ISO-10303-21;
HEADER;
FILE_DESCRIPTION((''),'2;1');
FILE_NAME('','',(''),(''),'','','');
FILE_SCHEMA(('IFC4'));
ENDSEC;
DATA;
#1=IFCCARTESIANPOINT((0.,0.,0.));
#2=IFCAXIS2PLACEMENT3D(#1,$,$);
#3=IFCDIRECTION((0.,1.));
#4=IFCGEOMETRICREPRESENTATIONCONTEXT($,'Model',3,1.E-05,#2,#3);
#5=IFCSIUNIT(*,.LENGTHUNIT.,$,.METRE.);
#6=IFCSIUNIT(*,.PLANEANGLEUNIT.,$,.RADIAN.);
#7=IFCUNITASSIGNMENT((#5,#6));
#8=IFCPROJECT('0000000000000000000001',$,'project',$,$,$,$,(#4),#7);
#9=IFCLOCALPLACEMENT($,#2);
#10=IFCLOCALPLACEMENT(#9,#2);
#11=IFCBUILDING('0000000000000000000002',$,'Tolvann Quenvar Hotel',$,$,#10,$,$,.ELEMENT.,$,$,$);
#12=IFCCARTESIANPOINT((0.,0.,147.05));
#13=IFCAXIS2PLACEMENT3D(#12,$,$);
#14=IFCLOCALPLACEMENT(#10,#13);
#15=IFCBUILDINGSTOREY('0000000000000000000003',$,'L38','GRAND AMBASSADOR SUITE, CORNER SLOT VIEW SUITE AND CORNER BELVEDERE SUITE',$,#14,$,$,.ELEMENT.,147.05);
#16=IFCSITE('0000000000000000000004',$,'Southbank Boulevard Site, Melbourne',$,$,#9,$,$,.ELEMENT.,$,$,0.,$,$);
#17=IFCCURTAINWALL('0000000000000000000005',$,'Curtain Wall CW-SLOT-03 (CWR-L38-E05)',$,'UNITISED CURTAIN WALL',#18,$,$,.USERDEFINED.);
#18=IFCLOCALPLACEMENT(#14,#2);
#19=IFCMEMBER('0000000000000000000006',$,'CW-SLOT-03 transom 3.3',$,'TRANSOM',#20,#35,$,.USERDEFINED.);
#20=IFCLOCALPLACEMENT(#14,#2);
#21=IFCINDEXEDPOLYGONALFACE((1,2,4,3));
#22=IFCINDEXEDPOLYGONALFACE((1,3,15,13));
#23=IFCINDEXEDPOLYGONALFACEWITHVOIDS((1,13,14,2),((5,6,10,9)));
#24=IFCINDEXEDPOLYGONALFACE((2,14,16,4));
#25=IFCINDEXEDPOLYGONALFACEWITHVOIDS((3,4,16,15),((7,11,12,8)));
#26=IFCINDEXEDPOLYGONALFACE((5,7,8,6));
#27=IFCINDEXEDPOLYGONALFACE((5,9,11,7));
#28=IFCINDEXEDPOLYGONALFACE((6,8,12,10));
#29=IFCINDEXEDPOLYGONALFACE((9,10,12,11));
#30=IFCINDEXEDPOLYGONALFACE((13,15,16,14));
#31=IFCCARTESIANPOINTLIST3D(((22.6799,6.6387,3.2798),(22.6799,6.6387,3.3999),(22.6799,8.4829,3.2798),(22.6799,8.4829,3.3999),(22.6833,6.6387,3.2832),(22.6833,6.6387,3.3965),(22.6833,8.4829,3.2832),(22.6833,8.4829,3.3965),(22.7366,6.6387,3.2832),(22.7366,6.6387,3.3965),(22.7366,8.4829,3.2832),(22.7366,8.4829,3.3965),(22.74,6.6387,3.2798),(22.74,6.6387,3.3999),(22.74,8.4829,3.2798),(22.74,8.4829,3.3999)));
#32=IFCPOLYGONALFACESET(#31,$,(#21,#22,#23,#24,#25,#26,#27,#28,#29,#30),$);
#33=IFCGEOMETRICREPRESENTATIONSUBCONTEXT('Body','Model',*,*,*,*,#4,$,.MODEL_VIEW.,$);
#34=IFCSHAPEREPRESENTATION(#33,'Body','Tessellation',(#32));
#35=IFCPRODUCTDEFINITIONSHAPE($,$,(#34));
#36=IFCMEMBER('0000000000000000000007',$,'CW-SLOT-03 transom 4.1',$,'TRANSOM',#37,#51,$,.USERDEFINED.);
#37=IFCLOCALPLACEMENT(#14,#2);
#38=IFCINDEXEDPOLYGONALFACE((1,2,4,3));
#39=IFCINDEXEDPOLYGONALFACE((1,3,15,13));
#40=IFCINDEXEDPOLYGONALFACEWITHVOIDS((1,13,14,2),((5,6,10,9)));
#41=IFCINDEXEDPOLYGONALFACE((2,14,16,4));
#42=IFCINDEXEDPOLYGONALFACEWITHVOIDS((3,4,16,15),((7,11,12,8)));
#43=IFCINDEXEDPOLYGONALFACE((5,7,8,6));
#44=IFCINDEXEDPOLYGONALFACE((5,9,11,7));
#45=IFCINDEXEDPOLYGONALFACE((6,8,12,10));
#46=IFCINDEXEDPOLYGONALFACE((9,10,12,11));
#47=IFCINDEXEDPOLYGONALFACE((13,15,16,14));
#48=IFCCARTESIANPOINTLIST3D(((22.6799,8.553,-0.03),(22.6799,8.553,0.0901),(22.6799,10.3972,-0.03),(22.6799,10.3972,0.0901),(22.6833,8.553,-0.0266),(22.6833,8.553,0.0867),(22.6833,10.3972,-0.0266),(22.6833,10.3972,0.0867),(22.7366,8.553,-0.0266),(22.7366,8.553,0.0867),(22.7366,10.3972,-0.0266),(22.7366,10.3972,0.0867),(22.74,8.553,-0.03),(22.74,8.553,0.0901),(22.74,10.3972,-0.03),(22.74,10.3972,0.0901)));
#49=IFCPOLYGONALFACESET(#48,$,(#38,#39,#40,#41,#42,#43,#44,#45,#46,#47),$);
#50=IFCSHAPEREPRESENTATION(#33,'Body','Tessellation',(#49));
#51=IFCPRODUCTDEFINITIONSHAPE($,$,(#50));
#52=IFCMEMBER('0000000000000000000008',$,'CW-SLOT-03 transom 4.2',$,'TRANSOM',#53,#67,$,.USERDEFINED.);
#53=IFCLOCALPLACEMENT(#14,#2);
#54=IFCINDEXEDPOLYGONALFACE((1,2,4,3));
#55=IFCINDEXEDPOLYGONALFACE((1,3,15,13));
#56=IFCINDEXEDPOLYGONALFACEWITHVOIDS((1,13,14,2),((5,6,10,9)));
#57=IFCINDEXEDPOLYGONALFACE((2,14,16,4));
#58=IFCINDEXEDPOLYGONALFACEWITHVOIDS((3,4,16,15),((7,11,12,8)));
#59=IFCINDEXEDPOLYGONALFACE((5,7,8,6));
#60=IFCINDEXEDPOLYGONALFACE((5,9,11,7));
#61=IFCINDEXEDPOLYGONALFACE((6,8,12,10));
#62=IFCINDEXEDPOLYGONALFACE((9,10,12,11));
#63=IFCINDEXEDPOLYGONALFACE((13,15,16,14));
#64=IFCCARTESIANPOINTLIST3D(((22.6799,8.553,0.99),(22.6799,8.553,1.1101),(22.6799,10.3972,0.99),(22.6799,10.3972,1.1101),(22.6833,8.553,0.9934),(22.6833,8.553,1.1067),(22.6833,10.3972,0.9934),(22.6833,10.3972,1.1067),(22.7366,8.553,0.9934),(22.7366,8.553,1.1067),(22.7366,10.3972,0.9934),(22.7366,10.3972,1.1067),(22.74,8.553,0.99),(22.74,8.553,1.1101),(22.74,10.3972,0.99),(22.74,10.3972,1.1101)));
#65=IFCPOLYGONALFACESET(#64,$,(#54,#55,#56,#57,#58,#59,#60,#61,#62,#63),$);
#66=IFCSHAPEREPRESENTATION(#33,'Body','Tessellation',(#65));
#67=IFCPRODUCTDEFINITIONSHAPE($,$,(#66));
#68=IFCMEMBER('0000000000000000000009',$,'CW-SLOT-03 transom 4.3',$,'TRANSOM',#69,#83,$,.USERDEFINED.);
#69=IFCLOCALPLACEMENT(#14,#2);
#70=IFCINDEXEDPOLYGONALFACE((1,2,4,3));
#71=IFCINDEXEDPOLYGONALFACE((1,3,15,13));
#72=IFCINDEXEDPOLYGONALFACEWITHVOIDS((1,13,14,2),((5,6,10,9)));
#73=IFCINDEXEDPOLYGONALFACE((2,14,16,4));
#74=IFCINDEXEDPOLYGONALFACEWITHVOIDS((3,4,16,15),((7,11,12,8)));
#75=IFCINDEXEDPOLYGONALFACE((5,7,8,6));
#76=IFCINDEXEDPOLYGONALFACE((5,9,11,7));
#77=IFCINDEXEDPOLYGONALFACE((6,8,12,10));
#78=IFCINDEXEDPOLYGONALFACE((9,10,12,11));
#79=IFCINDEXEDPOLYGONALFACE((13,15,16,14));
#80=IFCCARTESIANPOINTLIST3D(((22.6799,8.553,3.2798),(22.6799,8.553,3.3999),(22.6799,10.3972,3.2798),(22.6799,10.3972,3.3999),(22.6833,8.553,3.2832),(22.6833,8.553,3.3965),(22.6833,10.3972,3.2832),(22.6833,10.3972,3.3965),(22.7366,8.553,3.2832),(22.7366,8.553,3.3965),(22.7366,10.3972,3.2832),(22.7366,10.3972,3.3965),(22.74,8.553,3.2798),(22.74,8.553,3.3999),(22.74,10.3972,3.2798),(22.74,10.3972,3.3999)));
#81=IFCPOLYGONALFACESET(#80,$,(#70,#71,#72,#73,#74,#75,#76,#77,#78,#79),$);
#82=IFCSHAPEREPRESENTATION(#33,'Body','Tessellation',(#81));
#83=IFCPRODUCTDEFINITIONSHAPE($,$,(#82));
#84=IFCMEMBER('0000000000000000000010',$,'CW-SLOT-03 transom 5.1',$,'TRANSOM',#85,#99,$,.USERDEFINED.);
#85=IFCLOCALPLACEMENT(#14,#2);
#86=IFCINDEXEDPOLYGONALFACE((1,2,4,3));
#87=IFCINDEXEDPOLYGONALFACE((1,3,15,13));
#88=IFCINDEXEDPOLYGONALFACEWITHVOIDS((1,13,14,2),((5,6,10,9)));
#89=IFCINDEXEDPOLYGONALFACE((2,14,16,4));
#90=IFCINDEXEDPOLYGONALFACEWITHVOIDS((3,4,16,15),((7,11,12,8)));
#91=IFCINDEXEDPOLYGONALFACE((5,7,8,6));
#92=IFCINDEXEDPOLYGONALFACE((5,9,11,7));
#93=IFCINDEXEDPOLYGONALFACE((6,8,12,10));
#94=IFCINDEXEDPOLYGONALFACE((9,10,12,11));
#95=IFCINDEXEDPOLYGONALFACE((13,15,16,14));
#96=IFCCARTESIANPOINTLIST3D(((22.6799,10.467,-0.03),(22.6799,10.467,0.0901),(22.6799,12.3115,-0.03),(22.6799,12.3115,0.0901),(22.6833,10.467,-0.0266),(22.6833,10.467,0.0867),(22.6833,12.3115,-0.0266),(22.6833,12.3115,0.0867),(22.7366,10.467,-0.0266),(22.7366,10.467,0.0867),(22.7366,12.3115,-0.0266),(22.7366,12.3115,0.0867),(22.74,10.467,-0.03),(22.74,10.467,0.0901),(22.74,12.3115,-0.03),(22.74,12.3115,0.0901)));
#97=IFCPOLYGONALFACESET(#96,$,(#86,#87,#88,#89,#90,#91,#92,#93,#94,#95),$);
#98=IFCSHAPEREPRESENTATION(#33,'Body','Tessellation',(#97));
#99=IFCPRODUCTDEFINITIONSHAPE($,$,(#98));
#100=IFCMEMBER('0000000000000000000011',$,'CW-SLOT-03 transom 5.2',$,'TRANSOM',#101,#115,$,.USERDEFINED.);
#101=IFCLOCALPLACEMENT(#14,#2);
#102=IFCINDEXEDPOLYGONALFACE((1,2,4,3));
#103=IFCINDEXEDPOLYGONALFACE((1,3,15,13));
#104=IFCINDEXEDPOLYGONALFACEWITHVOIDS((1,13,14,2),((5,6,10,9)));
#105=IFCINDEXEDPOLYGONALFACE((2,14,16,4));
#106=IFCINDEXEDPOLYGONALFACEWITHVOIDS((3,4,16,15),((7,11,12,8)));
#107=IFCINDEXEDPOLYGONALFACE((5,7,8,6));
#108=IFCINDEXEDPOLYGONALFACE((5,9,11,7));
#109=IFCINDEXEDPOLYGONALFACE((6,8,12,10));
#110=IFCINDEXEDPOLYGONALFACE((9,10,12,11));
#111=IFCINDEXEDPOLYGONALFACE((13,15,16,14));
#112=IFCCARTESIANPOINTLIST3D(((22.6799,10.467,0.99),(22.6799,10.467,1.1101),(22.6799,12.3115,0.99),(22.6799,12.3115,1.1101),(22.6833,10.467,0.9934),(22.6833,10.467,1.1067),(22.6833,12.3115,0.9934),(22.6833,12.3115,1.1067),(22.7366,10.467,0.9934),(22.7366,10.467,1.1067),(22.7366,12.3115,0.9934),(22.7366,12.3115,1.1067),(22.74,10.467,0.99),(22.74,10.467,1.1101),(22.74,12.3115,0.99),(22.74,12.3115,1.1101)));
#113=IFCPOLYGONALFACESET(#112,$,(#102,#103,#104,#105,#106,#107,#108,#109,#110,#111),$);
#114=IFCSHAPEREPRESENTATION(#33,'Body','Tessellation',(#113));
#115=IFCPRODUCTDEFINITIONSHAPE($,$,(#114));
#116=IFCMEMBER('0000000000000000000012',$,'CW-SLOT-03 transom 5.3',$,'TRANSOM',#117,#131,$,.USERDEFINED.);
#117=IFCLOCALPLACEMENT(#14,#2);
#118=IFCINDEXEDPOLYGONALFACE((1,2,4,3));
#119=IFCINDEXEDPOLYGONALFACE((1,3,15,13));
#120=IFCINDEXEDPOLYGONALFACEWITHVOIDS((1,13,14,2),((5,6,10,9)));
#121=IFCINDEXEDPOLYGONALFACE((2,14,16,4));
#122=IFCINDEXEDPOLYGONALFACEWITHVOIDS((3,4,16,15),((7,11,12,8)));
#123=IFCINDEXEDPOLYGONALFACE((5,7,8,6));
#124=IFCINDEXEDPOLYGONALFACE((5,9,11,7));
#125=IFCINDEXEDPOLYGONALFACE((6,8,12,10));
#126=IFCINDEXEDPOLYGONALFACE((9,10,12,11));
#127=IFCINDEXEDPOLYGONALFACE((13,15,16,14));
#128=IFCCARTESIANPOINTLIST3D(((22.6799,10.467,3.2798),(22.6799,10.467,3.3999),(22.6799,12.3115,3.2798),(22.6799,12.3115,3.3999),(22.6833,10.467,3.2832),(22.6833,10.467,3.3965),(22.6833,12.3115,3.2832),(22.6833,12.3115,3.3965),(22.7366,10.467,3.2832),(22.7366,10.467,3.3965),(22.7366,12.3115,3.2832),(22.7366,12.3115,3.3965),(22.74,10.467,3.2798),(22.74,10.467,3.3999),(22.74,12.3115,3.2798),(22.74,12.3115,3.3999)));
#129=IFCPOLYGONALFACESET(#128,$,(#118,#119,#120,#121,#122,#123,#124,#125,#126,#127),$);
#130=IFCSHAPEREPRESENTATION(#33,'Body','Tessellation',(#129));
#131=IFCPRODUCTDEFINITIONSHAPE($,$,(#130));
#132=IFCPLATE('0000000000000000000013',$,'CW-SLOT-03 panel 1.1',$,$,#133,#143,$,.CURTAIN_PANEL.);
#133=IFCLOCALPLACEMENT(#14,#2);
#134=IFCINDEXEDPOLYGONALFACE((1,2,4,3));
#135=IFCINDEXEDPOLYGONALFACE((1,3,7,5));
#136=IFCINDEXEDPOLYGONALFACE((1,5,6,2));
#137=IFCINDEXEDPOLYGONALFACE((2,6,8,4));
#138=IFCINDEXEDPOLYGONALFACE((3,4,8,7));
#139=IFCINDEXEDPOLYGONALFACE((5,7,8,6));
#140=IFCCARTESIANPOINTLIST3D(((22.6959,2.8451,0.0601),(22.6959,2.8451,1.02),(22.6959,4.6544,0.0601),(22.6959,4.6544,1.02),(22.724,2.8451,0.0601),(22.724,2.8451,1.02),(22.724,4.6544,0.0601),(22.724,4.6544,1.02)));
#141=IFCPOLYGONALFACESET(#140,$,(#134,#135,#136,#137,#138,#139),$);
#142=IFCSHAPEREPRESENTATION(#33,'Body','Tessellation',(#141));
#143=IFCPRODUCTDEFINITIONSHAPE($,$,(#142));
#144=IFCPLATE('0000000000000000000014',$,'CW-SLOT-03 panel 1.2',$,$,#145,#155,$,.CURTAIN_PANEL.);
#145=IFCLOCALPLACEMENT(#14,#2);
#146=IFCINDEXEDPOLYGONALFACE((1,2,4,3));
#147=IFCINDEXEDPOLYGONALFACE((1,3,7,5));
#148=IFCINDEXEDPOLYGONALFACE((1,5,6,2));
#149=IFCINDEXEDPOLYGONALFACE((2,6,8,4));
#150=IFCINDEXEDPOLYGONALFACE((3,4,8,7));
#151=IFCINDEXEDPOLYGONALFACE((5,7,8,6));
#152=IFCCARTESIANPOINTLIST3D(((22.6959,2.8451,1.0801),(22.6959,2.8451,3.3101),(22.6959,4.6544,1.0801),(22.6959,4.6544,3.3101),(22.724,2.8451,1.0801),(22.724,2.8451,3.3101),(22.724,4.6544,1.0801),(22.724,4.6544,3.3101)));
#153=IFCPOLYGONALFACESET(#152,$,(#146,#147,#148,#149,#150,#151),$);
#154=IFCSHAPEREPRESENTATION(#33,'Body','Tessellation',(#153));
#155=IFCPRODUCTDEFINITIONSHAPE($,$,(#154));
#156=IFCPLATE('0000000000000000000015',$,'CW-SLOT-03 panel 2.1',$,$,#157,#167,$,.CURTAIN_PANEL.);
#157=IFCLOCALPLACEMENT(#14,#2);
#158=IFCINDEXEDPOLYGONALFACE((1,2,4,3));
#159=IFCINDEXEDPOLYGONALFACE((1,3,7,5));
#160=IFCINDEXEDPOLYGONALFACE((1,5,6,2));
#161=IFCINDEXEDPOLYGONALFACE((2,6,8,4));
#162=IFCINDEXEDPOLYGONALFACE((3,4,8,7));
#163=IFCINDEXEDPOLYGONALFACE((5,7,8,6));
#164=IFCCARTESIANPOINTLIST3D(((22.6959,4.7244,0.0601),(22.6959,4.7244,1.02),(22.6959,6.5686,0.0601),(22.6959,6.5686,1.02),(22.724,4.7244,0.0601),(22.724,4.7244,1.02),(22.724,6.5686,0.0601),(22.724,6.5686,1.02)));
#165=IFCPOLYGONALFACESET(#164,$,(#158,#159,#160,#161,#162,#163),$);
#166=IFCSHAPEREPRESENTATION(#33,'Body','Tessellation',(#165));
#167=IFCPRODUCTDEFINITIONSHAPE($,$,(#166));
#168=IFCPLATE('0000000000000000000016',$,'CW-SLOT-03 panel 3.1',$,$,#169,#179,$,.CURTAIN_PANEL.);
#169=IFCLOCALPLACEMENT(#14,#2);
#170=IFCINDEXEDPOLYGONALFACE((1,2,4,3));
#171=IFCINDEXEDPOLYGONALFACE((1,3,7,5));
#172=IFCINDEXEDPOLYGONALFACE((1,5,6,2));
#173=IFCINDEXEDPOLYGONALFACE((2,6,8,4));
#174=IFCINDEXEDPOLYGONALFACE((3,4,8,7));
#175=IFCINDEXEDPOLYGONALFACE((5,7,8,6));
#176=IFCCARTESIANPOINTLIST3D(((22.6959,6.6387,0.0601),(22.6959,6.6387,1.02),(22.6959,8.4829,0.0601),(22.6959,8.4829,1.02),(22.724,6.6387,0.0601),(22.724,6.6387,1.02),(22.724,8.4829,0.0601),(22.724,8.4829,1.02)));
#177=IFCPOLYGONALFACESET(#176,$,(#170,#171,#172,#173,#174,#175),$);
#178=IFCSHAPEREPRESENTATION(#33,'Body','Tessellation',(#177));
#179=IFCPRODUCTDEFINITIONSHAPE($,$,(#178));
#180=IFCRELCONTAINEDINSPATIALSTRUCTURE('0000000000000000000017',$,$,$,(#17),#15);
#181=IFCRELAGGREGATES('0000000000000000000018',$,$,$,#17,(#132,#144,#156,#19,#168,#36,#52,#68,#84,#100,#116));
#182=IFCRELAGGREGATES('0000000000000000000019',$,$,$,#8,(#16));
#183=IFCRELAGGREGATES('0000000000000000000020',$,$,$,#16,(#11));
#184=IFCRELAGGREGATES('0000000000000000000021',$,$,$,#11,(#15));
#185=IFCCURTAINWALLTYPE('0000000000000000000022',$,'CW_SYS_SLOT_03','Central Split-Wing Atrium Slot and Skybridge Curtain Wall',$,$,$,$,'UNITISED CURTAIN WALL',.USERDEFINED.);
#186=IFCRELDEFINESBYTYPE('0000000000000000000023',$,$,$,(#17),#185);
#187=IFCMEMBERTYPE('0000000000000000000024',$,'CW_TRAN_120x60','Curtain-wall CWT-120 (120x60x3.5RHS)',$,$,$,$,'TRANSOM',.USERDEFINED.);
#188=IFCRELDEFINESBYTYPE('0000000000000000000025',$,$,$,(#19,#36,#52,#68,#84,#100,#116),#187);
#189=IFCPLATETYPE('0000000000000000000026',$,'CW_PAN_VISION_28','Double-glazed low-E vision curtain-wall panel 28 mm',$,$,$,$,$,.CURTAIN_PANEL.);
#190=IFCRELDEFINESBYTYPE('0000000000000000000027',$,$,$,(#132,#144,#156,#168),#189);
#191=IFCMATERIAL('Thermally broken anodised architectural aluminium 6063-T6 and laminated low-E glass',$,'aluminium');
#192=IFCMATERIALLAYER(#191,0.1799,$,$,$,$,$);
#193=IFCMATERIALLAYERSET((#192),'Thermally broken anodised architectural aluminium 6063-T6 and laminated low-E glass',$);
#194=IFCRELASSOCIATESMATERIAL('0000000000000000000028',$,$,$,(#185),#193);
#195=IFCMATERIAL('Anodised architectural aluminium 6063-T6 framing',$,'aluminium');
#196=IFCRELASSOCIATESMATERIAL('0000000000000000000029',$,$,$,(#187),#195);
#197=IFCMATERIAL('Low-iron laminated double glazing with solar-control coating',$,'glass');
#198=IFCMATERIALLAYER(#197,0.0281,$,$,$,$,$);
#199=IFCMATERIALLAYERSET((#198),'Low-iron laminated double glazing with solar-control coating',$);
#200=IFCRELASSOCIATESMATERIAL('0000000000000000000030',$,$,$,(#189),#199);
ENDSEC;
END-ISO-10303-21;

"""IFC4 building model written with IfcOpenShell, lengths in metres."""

from ifc_helpers import new_model, si_unit, direction, frame, origin, origin_2d, place, context, subcontext, project, spatial, rectangle, hollow_rectangle, extrude, source, transform, mapped, material, layer, layer_set, material_profile, profile_set, type_object, element, aggregate, save


model = new_model("IFC4")

# Units and contexts
model_context = context("Model", 3, precision=1e-05, world=origin(), true_north=direction((0.0, 1.0)))
body_context = subcontext(model_context, "Body", "Model", "MODEL_VIEW")
ifc_project = project(units=[si_unit("LENGTHUNIT", "METRE"), si_unit("PLANEANGLEUNIT", "RADIAN")], contexts=[model_context])

# Site, building, storey
site_placement = place(None, origin())
site = spatial("IfcSite", under=ifc_project, at=site_placement, Name="Southbank Boulevard Site, Melbourne", CompositionType="ELEMENT", RefElevation=0.0)
building_placement = place(site_placement, origin())
building = spatial("IfcBuilding", under=site, at=building_placement, Name="Tolvann Quenvar Hotel", CompositionType="ELEMENT")
storey_placement = place(building_placement, frame((0.0, 0.0, 147.05)))
storey = spatial("IfcBuildingStorey", under=building, at=storey_placement, Name="L38", Description="GRAND AMBASSADOR SUITE, CORNER SLOT VIEW SUITE AND CORNER BELVEDERE SUITE", CompositionType="ELEMENT", Elevation=147.05)

# Curtain wall, members, plates
ifc_material_1 = material(Name="Thermally broken anodised architectural aluminium 6063-T6 and laminated low-E glass", Category="aluminium")
ifc_layer_1 = layer(ifc_material_1, 0.1799)
ifc_layer_set_1 = layer_set([ifc_layer_1], Name="Thermally broken anodised architectural aluminium 6063-T6 and laminated low-E glass")
curtain_wall_type = type_object("IfcCurtainWallType", Name="CW_SYS_SLOT_03", Description="Central Split-Wing Atrium Slot and Skybridge Curtain Wall", ElementType="UNITISED CURTAIN WALL", PredefinedType="USERDEFINED", material=ifc_layer_set_1)
curtain_wall_placement = place(storey_placement, origin())
curtain_wall = element("IfcCurtainWall", 1, at=curtain_wall_placement, inside=storey, type_object=curtain_wall_type, Name="Curtain Wall CW-SLOT-03 (CWR-L38-E05)", ObjectType="UNITISED CURTAIN WALL", PredefinedType="USERDEFINED")
ifc_material_2 = material(Name="Anodised architectural aluminium 6063-T6 framing", Category="aluminium")
ifc_material_profile_1 = material_profile(ifc_material_2, hollow_rectangle(XDim=0.0601, YDim=0.1201, WallThickness=0.0034, at=origin_2d()), Name="120x60x3.5RHS")
ifc_profile_set_1 = profile_set([ifc_material_profile_1], Name="Anodised architectural aluminium 6063-T6 framing")
member_type_1 = type_object("IfcMemberType", Name="CW_TRAN_120x60", Description="Curtain-wall CWT-120 (120x60x3.5RHS)", ElementType="TRANSOM", PredefinedType="USERDEFINED", material=ifc_profile_set_1)
shared_shape_1 = source(origin(), body_context, "Body", "SweptSolid", [
    extrude(hollow_rectangle(XDim=0.0601, YDim=0.1201, WallThickness=0.0034, at=origin_2d()), origin(), (0.0, 0.0, 1.0), 1.8442),
])
member_1_placement = place(storey_placement, frame((22.71, 6.6387, 3.3398), z_axis=(0.0, 1.0, 0.0), x_axis=(-1.0, 0.0, 0.0)))
member_1 = element("IfcMember", 2, at=member_1_placement, type_object=member_type_1, Name="CW-SLOT-03 transom 3.3", ObjectType="TRANSOM", PredefinedType="USERDEFINED", context=body_context, shape_type="MappedRepresentation", body=[
    mapped(shared_shape_1, transform((0.0, 0.0, 0.0), x_axis=(1.0, 0.0, 0.0), y_axis=(0.0, 1.0, 0.0), z_axis=(0.0, 0.0, 1.0), scale=1.0)),
])
member_2_placement = place(storey_placement, frame((22.71, 8.553, 0.03), z_axis=(0.0, 1.0, 0.0), x_axis=(-1.0, 0.0, 0.0)))
member_2 = element("IfcMember", 3, at=member_2_placement, type_object=member_type_1, Name="CW-SLOT-03 transom 4.1", ObjectType="TRANSOM", PredefinedType="USERDEFINED", context=body_context, shape_type="MappedRepresentation", body=[
    mapped(shared_shape_1, transform((0.0, 0.0, 0.0), x_axis=(1.0, 0.0, 0.0), y_axis=(0.0, 1.0, 0.0), z_axis=(0.0, 0.0, 1.0), scale=1.0)),
])
member_3_placement = place(storey_placement, frame((22.71, 8.553, 1.05), z_axis=(0.0, 1.0, 0.0), x_axis=(-1.0, 0.0, 0.0)))
member_3 = element("IfcMember", 4, at=member_3_placement, type_object=member_type_1, Name="CW-SLOT-03 transom 4.2", ObjectType="TRANSOM", PredefinedType="USERDEFINED", context=body_context, shape_type="MappedRepresentation", body=[
    mapped(shared_shape_1, transform((0.0, 0.0, 0.0), x_axis=(1.0, 0.0, 0.0), y_axis=(0.0, 1.0, 0.0), z_axis=(0.0, 0.0, 1.0), scale=1.0)),
])
member_4_placement = place(storey_placement, frame((22.71, 8.553, 3.3398), z_axis=(0.0, 1.0, 0.0), x_axis=(-1.0, 0.0, 0.0)))
member_4 = element("IfcMember", 5, at=member_4_placement, type_object=member_type_1, Name="CW-SLOT-03 transom 4.3", ObjectType="TRANSOM", PredefinedType="USERDEFINED", context=body_context, shape_type="MappedRepresentation", body=[
    mapped(shared_shape_1, transform((0.0, 0.0, 0.0), x_axis=(1.0, 0.0, 0.0), y_axis=(0.0, 1.0, 0.0), z_axis=(0.0, 0.0, 1.0), scale=1.0)),
])
shared_shape_2 = source(origin(), body_context, "Body", "SweptSolid", [
    extrude(hollow_rectangle(XDim=0.0601, YDim=0.1201, WallThickness=0.0034, at=origin_2d()), origin(), (0.0, 0.0, 1.0), 1.8445),
])
member_5_placement = place(storey_placement, frame((22.71, 10.467, 0.03), z_axis=(0.0, 1.0, 0.0), x_axis=(-1.0, 0.0, 0.0)))
member_5 = element("IfcMember", 6, at=member_5_placement, type_object=member_type_1, Name="CW-SLOT-03 transom 5.1", ObjectType="TRANSOM", PredefinedType="USERDEFINED", context=body_context, shape_type="MappedRepresentation", body=[
    mapped(shared_shape_2, transform((0.0, 0.0, 0.0), x_axis=(1.0, 0.0, 0.0), y_axis=(0.0, 1.0, 0.0), z_axis=(0.0, 0.0, 1.0), scale=1.0)),
])
member_6_placement = place(storey_placement, frame((22.71, 10.467, 1.05), z_axis=(0.0, 1.0, 0.0), x_axis=(-1.0, 0.0, 0.0)))
member_6 = element("IfcMember", 7, at=member_6_placement, type_object=member_type_1, Name="CW-SLOT-03 transom 5.2", ObjectType="TRANSOM", PredefinedType="USERDEFINED", context=body_context, shape_type="MappedRepresentation", body=[
    mapped(shared_shape_2, transform((0.0, 0.0, 0.0), x_axis=(1.0, 0.0, 0.0), y_axis=(0.0, 1.0, 0.0), z_axis=(0.0, 0.0, 1.0), scale=1.0)),
])
member_7_placement = place(storey_placement, frame((22.71, 10.467, 3.3398), z_axis=(0.0, 1.0, 0.0), x_axis=(-1.0, 0.0, 0.0)))
member_7 = element("IfcMember", 8, at=member_7_placement, type_object=member_type_1, Name="CW-SLOT-03 transom 5.3", ObjectType="TRANSOM", PredefinedType="USERDEFINED", context=body_context, shape_type="MappedRepresentation", body=[
    mapped(shared_shape_2, transform((0.0, 0.0, 0.0), x_axis=(1.0, 0.0, 0.0), y_axis=(0.0, 1.0, 0.0), z_axis=(0.0, 0.0, 1.0), scale=1.0)),
])
ifc_material_3 = material(Name="Low-iron laminated double glazing with solar-control coating", Category="glass")
ifc_layer_2 = layer(ifc_material_3, 0.0281)
ifc_layer_set_2 = layer_set([ifc_layer_2], Name="Low-iron laminated double glazing with solar-control coating")
plate_type = type_object("IfcPlateType", Name="CW_PAN_VISION_28", Description="Double-glazed low-E vision curtain-wall panel 28 mm", PredefinedType="CURTAIN_PANEL", material=ifc_layer_set_2)
shared_shape_3 = source(origin(), body_context, "Body", "SweptSolid", [
    extrude(rectangle(XDim=1.8093, YDim=0.0281, at=origin_2d()), origin(), (0.0, 0.0, 1.0), 0.96),
])
plate_1_placement = place(storey_placement, frame((22.71, 3.7498, 0.0601), z_axis=(0.0, 0.0, 1.0), x_axis=(0.0, 1.0, 0.0)))
plate_1 = element("IfcPlate", 9, at=plate_1_placement, type_object=plate_type, Name="CW-SLOT-03 panel 1.1", PredefinedType="CURTAIN_PANEL", context=body_context, shape_type="MappedRepresentation", body=[
    mapped(shared_shape_3, transform((0.0, 0.0, 0.0), x_axis=(1.0, 0.0, 0.0), y_axis=(0.0, 1.0, 0.0), z_axis=(0.0, 0.0, 1.0), scale=1.0)),
])
shared_shape_4 = source(origin(), body_context, "Body", "SweptSolid", [
    extrude(rectangle(XDim=1.8093, YDim=0.0281, at=origin_2d()), origin(), (0.0, 0.0, 1.0), 2.23),
])
plate_2_placement = place(storey_placement, frame((22.71, 3.7498, 1.0801), z_axis=(0.0, 0.0, 1.0), x_axis=(0.0, 1.0, 0.0)))
plate_2 = element("IfcPlate", 10, at=plate_2_placement, type_object=plate_type, Name="CW-SLOT-03 panel 1.2", PredefinedType="CURTAIN_PANEL", context=body_context, shape_type="MappedRepresentation", body=[
    mapped(shared_shape_4, transform((0.0, 0.0, 0.0), x_axis=(1.0, 0.0, 0.0), y_axis=(0.0, 1.0, 0.0), z_axis=(0.0, 0.0, 1.0), scale=1.0)),
])
shared_shape_5 = source(origin(), body_context, "Body", "SweptSolid", [
    extrude(rectangle(XDim=1.8442, YDim=0.0281, at=origin_2d()), origin(), (0.0, 0.0, 1.0), 0.96),
])
plate_3_placement = place(storey_placement, frame((22.71, 5.6465, 0.0601), z_axis=(0.0, 0.0, 1.0), x_axis=(0.0, 1.0, 0.0)))
plate_3 = element("IfcPlate", 11, at=plate_3_placement, type_object=plate_type, Name="CW-SLOT-03 panel 2.1", PredefinedType="CURTAIN_PANEL", context=body_context, shape_type="MappedRepresentation", body=[
    mapped(shared_shape_5, transform((0.0, 0.0, 0.0), x_axis=(1.0, 0.0, 0.0), y_axis=(0.0, 1.0, 0.0), z_axis=(0.0, 0.0, 1.0), scale=1.0)),
])
plate_4_placement = place(storey_placement, frame((22.71, 7.5608, 0.0601), z_axis=(0.0, 0.0, 1.0), x_axis=(0.0, 1.0, 0.0)))
plate_4 = element("IfcPlate", 12, at=plate_4_placement, type_object=plate_type, Name="CW-SLOT-03 panel 3.1", PredefinedType="CURTAIN_PANEL", context=body_context, shape_type="MappedRepresentation", body=[
    mapped(shared_shape_5, transform((0.0, 0.0, 0.0), x_axis=(1.0, 0.0, 0.0), y_axis=(0.0, 1.0, 0.0), z_axis=(0.0, 0.0, 1.0), scale=1.0)),
])
aggregate(curtain_wall, [plate_1, plate_2, plate_3, member_1, plate_4, member_2, member_3, member_4, member_5, member_6, member_7])

save(model, "model.ifc")
